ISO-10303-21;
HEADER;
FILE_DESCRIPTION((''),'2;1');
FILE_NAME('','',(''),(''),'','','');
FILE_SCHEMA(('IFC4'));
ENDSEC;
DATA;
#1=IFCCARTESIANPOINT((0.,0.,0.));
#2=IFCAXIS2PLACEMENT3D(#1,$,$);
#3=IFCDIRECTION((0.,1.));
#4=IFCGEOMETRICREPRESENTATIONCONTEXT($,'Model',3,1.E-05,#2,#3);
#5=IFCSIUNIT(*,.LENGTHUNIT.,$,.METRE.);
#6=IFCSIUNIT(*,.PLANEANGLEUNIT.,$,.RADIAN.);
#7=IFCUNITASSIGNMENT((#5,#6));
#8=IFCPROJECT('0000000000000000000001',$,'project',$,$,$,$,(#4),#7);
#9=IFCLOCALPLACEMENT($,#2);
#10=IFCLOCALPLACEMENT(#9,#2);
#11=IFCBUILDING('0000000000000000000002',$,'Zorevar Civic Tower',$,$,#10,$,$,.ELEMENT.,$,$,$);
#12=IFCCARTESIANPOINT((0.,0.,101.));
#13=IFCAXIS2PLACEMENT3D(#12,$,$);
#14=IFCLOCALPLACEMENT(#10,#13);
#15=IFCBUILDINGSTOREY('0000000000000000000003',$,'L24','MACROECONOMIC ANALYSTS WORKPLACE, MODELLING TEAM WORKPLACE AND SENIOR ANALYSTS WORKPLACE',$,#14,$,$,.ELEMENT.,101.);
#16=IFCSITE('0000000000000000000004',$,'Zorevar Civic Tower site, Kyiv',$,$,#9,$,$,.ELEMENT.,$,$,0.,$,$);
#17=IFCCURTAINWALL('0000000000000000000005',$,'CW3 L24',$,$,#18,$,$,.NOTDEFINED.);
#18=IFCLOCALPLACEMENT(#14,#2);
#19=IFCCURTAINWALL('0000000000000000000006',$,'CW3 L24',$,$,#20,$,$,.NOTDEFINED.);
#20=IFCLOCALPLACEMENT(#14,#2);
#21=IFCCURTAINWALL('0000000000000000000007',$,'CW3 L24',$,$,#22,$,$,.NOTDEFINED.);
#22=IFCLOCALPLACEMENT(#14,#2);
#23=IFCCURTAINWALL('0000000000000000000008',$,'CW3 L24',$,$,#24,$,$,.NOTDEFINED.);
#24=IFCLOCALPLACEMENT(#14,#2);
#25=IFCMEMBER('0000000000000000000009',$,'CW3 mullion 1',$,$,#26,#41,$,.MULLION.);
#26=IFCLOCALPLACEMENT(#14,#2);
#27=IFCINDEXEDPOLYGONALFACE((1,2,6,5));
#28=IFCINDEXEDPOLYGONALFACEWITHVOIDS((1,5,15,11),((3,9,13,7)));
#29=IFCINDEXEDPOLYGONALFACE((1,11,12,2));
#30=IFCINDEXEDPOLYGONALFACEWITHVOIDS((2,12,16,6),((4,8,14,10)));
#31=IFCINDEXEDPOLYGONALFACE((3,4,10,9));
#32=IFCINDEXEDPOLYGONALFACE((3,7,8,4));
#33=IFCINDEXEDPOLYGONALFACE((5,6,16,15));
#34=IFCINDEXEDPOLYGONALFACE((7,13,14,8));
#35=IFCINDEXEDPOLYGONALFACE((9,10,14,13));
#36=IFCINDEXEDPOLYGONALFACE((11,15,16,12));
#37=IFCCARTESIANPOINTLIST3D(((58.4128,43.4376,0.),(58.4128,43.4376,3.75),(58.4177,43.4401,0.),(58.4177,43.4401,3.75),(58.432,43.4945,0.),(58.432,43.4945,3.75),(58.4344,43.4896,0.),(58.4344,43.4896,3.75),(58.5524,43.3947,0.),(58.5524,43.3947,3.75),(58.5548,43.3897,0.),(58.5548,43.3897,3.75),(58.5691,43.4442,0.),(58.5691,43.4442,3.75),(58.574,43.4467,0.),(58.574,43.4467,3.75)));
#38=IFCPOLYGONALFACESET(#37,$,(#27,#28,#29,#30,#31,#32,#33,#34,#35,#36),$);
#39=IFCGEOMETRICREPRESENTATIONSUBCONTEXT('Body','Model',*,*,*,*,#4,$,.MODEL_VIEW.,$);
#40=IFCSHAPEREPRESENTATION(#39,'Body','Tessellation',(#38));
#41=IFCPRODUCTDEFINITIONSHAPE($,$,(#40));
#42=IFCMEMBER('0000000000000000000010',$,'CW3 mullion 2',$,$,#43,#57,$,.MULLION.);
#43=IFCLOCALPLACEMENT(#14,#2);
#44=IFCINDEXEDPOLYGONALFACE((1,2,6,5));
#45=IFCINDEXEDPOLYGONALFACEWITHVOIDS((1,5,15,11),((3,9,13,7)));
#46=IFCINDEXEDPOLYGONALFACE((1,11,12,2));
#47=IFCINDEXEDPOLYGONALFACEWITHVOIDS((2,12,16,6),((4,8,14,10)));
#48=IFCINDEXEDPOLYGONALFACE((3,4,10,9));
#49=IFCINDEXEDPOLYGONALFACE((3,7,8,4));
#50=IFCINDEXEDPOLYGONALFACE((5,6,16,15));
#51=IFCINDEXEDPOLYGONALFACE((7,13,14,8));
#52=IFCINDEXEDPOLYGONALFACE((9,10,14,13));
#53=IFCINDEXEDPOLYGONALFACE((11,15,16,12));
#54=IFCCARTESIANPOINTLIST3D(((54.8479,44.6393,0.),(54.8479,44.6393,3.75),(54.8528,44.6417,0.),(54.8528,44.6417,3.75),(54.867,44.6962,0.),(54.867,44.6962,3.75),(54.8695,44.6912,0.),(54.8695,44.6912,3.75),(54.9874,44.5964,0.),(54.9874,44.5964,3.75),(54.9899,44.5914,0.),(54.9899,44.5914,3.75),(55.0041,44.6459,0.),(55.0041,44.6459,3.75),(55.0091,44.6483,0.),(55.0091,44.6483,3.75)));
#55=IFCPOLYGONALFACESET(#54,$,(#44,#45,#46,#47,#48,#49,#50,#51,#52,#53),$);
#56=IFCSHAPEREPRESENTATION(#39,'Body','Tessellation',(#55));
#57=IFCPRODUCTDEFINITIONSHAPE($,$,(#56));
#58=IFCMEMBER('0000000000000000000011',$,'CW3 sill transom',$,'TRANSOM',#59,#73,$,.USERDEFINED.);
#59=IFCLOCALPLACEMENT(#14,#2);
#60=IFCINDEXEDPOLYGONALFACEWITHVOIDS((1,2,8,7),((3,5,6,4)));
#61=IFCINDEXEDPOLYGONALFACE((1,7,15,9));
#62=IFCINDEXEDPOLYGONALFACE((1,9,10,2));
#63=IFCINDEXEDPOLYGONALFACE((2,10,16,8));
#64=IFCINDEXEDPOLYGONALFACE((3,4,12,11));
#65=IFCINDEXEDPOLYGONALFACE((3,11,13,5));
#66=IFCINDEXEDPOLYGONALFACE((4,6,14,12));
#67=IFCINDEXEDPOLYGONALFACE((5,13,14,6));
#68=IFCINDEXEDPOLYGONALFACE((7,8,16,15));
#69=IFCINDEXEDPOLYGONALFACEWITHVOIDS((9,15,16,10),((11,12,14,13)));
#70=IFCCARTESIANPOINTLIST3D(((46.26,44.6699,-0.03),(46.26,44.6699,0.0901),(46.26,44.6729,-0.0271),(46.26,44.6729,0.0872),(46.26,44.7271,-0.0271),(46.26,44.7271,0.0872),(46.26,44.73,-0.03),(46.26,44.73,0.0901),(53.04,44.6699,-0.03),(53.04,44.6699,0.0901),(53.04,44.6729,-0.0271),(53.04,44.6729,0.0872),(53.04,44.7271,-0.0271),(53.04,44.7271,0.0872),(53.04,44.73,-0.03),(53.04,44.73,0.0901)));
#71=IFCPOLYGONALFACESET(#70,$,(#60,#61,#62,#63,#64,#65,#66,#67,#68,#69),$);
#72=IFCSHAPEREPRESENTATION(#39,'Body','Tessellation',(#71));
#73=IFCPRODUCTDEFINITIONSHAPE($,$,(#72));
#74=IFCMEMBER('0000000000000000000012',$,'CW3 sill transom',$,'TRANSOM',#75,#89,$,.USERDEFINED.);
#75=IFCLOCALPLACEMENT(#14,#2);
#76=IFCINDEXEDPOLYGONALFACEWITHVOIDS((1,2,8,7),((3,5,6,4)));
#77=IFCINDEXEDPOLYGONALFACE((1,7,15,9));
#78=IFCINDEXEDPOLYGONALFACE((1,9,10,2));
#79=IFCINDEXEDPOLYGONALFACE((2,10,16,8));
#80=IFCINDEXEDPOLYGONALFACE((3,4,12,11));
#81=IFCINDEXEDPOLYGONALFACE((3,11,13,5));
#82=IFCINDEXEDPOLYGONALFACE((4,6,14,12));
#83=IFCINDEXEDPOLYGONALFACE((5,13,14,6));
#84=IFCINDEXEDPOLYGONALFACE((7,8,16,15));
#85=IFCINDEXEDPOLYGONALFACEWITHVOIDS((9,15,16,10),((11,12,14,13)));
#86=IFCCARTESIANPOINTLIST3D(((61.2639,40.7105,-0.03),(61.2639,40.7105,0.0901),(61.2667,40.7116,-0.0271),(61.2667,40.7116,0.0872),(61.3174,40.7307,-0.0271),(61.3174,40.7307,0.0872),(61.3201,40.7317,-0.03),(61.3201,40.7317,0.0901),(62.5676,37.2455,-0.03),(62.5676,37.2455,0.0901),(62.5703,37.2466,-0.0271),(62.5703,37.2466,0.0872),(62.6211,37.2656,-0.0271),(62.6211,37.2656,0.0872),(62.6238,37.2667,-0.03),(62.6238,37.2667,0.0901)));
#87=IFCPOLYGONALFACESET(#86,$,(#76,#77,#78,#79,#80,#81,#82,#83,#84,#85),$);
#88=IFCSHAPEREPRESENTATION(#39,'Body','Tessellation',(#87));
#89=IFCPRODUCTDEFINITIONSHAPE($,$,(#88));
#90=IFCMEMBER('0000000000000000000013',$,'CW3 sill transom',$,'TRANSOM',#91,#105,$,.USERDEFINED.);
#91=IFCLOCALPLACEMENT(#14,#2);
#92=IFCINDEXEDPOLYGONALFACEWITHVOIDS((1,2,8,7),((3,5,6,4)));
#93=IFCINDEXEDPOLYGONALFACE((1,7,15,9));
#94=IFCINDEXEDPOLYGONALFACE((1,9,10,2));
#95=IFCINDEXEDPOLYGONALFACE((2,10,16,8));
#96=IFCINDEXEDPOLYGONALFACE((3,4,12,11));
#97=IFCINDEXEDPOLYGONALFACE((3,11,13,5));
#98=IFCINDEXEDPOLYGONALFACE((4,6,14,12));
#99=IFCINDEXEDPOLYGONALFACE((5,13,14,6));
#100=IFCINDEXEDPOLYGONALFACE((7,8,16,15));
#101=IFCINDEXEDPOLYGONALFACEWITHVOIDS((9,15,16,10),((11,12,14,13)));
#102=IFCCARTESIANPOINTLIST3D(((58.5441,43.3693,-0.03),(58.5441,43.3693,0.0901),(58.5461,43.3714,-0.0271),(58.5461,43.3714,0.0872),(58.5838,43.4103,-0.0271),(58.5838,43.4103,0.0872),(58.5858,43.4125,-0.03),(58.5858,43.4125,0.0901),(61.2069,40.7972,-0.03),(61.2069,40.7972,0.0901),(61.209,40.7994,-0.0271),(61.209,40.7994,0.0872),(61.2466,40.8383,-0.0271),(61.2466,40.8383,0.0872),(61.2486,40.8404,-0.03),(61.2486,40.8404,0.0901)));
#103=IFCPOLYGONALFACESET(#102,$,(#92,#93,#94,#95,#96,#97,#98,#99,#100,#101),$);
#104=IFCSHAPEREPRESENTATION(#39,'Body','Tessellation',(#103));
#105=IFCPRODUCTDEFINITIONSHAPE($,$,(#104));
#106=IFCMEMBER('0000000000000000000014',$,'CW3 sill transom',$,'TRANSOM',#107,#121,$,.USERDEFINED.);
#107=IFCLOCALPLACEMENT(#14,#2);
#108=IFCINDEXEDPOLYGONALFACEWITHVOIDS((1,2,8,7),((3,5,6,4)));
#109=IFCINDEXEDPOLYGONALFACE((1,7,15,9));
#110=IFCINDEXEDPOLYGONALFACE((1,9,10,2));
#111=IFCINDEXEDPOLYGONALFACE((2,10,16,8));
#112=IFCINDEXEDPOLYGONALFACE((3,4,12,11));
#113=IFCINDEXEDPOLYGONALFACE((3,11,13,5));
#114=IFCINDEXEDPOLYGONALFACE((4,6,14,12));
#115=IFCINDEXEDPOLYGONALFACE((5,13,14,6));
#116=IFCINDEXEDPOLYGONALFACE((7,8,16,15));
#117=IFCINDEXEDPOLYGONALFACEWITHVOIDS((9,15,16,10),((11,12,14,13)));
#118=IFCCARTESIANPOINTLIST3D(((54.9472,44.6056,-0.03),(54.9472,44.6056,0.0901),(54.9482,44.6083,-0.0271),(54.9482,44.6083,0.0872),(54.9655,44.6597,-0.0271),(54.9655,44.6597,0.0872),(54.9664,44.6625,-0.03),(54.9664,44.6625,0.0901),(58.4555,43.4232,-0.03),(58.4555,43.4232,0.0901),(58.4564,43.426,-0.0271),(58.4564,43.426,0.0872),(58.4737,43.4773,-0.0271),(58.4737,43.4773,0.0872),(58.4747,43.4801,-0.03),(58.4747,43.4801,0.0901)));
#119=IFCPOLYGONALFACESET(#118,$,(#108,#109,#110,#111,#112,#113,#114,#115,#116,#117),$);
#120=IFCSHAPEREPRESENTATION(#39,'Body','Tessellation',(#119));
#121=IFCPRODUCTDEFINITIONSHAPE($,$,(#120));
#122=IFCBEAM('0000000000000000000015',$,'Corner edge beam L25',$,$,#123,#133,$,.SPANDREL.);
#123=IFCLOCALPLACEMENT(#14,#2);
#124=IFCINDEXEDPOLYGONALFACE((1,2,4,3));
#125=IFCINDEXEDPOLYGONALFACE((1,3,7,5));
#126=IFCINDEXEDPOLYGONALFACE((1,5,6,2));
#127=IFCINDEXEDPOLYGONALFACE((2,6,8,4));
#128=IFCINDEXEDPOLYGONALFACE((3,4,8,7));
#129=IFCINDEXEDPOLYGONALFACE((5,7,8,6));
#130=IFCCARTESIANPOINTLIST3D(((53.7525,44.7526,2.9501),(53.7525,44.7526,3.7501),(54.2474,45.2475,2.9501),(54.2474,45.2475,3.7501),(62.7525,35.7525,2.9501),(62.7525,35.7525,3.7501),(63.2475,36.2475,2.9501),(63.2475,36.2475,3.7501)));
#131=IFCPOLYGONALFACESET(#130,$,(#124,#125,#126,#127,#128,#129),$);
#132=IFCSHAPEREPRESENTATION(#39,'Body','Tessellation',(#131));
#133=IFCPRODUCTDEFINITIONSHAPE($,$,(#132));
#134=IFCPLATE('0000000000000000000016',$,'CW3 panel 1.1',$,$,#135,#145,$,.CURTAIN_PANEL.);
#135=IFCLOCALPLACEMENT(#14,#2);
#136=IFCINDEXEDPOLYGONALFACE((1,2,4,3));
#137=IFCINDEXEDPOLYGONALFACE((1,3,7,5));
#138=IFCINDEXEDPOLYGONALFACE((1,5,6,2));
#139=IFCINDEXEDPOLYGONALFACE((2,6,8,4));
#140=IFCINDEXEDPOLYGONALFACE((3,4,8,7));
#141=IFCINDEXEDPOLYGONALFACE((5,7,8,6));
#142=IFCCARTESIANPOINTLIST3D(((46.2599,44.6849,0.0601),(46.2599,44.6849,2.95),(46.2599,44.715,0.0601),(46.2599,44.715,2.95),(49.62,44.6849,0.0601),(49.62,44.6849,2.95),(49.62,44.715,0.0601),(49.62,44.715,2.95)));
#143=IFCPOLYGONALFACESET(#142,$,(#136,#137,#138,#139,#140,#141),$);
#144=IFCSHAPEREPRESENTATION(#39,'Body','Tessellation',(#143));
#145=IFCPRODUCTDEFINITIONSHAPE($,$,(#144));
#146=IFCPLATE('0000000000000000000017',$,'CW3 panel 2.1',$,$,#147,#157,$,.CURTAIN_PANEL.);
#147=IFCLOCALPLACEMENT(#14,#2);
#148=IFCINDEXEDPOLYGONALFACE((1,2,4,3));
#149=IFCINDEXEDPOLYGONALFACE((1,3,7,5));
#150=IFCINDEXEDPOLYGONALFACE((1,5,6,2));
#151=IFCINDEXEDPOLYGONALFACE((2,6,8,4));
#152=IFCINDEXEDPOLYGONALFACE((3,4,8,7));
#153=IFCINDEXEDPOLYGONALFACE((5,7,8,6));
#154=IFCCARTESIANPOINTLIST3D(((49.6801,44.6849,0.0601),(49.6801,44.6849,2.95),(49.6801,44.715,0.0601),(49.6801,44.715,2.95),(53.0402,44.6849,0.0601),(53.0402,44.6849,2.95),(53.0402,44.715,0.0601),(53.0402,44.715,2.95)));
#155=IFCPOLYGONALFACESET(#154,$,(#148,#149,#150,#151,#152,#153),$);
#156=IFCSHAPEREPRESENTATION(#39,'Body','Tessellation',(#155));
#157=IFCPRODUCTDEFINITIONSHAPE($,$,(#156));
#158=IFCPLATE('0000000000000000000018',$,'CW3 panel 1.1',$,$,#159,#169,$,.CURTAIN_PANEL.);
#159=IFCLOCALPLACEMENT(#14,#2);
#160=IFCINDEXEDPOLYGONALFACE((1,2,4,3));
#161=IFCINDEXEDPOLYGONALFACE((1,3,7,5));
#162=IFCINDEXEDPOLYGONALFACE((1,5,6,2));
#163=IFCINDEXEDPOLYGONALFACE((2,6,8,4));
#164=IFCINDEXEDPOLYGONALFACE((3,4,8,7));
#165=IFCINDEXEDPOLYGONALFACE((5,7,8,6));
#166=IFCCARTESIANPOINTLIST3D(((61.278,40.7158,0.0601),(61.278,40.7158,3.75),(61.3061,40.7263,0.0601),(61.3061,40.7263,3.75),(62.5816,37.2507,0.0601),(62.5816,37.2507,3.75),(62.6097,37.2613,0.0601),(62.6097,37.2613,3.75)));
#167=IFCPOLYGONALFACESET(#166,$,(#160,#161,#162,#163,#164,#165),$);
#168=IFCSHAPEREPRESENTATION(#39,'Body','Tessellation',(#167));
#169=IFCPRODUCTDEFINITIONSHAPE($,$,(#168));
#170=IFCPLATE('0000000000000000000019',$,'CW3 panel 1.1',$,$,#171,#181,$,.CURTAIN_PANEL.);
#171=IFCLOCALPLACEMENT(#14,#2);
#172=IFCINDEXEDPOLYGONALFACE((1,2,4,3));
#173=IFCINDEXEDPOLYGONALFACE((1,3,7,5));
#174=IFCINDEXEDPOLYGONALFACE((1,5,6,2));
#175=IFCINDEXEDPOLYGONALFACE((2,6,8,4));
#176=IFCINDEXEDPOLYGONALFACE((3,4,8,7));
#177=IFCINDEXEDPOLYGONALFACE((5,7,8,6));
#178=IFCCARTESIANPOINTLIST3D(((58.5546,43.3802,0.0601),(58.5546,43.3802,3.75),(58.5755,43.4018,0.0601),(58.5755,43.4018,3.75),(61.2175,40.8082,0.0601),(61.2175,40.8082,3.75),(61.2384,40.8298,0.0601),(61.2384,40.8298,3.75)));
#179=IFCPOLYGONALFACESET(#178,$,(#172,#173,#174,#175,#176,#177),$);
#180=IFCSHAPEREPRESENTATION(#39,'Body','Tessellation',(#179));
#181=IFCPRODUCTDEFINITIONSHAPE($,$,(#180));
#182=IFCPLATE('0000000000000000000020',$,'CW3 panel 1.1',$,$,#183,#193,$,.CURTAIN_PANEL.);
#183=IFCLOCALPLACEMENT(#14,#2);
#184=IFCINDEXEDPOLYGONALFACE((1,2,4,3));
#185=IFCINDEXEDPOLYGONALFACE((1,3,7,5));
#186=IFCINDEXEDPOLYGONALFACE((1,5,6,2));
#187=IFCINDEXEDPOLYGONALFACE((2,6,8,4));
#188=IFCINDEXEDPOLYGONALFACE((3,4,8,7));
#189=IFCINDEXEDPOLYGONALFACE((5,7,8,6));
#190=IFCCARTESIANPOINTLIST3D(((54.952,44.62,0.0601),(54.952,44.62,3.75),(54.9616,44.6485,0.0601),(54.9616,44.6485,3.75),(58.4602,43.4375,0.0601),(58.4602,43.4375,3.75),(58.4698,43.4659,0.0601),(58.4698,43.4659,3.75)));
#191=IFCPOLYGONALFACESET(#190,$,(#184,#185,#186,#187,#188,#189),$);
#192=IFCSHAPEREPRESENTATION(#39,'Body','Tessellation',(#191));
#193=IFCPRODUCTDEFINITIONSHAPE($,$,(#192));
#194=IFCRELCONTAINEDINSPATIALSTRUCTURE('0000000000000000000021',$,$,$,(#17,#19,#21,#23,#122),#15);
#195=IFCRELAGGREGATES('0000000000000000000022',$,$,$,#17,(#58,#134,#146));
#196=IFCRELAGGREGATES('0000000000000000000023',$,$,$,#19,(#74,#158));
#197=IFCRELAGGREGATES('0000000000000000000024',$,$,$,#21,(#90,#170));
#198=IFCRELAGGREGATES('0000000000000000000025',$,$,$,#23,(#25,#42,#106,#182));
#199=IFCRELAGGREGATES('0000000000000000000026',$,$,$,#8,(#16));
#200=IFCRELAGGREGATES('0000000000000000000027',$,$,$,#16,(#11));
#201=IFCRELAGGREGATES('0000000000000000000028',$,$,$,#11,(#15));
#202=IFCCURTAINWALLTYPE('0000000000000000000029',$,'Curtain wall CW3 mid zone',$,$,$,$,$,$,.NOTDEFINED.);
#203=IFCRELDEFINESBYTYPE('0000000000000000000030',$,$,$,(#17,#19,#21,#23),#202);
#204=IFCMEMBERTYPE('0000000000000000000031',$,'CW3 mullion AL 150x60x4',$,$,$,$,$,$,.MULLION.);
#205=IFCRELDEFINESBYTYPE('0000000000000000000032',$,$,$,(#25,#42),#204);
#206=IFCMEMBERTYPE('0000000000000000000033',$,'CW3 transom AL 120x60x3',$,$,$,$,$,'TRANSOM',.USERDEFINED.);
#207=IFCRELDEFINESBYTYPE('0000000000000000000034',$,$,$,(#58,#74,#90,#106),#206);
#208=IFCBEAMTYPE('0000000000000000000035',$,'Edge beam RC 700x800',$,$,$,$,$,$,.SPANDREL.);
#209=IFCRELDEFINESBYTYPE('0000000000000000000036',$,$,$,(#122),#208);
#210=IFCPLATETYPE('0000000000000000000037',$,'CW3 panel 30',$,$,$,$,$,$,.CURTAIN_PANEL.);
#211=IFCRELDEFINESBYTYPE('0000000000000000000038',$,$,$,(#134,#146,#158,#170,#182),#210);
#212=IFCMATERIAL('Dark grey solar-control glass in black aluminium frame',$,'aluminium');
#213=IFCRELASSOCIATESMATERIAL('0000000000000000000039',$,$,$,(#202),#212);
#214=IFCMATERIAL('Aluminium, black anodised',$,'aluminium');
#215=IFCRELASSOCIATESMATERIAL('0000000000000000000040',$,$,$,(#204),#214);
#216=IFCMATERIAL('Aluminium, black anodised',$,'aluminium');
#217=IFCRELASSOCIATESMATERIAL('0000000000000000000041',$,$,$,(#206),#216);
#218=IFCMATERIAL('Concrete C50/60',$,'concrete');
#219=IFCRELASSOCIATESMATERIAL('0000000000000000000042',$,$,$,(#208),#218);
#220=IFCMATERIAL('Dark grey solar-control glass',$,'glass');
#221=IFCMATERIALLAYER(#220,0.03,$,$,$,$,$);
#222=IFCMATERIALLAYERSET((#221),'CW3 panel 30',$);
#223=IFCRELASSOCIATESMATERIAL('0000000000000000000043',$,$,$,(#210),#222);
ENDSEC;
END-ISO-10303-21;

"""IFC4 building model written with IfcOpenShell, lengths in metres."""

from ifc_helpers import new_model, si_unit, direction, frame, origin, origin_2d, place, context, subcontext, project, spatial, rectangle, hollow_rectangle, extrude, material, layer, layer_set, material_profile, profile_set, type_object, element, aggregate, save


model = new_model("IFC4")

# Units and contexts
model_context = context("Model", 3, precision=1e-05, world=origin(), true_north=direction((0.0, 1.0)))
body_context = subcontext(model_context, "Body", "Model", "MODEL_VIEW")
ifc_project = project(units=[si_unit("LENGTHUNIT", "METRE"), si_unit("PLANEANGLEUNIT", "RADIAN")], contexts=[model_context])

# Site, building, storey
site_placement = place(None, origin())
site = spatial("IfcSite", under=ifc_project, at=site_placement, Name="Zorevar Civic Tower site, Kyiv", CompositionType="ELEMENT", RefElevation=0.0)
building_placement = place(site_placement, origin())
building = spatial("IfcBuilding", under=site, at=building_placement, Name="Zorevar Civic Tower", CompositionType="ELEMENT")
storey_placement = place(building_placement, frame((0.0, 0.0, 101.0)))
storey = spatial("IfcBuildingStorey", under=building, at=storey_placement, Name="L24", Description="MACROECONOMIC ANALYSTS WORKPLACE, MODELLING TEAM WORKPLACE AND SENIOR ANALYSTS WORKPLACE", CompositionType="ELEMENT", Elevation=101.0)

# Curtain walls, members
ifc_material_1 = material(Name="Dark grey solar-control glass in black aluminium frame", Category="aluminium")
curtain_wall_type = type_object("IfcCurtainWallType", Name="Curtain wall CW3 mid zone", PredefinedType="NOTDEFINED", material=ifc_material_1)
curtain_wall_1_placement = place(storey_placement, origin())
curtain_wall_1 = element("IfcCurtainWall", 1, at=curtain_wall_1_placement, inside=storey, type_object=curtain_wall_type, Name="CW3 L24", PredefinedType="NOTDEFINED")
ifc_material_2 = material(Name="Aluminium, black anodised", Category="aluminium")
ifc_material_profile_1 = material_profile(ifc_material_2, hollow_rectangle(XDim=0.0601, YDim=0.1499, WallThickness=0.0039, at=origin_2d()), Name="AL 150x60x4")
ifc_profile_set_1 = profile_set([ifc_material_profile_1], Name="Aluminium, black anodised")
member_type_1 = type_object("IfcMemberType", Name="CW3 mullion AL 150x60x4", PredefinedType="MULLION", material=ifc_profile_set_1)
curtain_wall_2_placement = place(storey_placement, origin())
curtain_wall_2 = element("IfcCurtainWall", 2, at=curtain_wall_2_placement, inside=storey, type_object=curtain_wall_type, Name="CW3 L24", PredefinedType="NOTDEFINED")
curtain_wall_3_placement = place(storey_placement, origin())
curtain_wall_3 = element("IfcCurtainWall", 3, at=curtain_wall_3_placement, inside=storey, type_object=curtain_wall_type, Name="CW3 L24", PredefinedType="NOTDEFINED")
curtain_wall_4_placement = place(storey_placement, origin())
curtain_wall_4 = element("IfcCurtainWall", 4, at=curtain_wall_4_placement, inside=storey, type_object=curtain_wall_type, Name="CW3 L24", PredefinedType="NOTDEFINED")
member_1_placement = place(storey_placement, frame((58.4934, 43.4421, 0.0), z_axis=(0.0, 0.0, 1.0), x_axis=(-0.319413, -0.947616, 0.0)))
member_1 = element("IfcMember", 5, at=member_1_placement, type_object=member_type_1, Name="CW3 mullion 1", PredefinedType="MULLION", context=body_context, shape_type="SweptSolid", body=[
    extrude(hollow_rectangle(XDim=0.0601, YDim=0.1499, WallThickness=0.0039, at=origin_2d()), origin(), (0.0, 0.0, 1.0), 3.75),
])
member_2_placement = place(storey_placement, frame((54.9285, 44.6438, 0.0), z_axis=(0.0, 0.0, 1.0), x_axis=(-0.319413, -0.947616, 0.0)))
member_2 = element("IfcMember", 6, at=member_2_placement, type_object=member_type_1, Name="CW3 mullion 2", PredefinedType="MULLION", context=body_context, shape_type="SweptSolid", body=[
    extrude(hollow_rectangle(XDim=0.0601, YDim=0.1499, WallThickness=0.0039, at=origin_2d()), origin(), (0.0, 0.0, 1.0), 3.75),
])

# Members
ifc_material_3 = material(Name="Aluminium, black anodised", Category="aluminium")
ifc_material_profile_2 = material_profile(ifc_material_3, hollow_rectangle(XDim=0.0601, YDim=0.1201, WallThickness=0.0029, at=origin_2d()), Name="AL 120x60x3")
ifc_profile_set_2 = profile_set([ifc_material_profile_2], Name="Aluminium, black anodised")
member_type_2 = type_object("IfcMemberType", Name="CW3 transom AL 120x60x3", ElementType="TRANSOM", PredefinedType="USERDEFINED", material=ifc_profile_set_2)
member_3_placement = place(storey_placement, frame((46.26, 44.7, 0.03), z_axis=(1.0, 0.0, 0.0), x_axis=(0.0, 1.0, 0.0)))
member_3 = element("IfcMember", 7, at=member_3_placement, type_object=member_type_2, Name="CW3 sill transom", ObjectType="TRANSOM", PredefinedType="USERDEFINED", context=body_context, shape_type="SweptSolid", body=[
    extrude(hollow_rectangle(XDim=0.0601, YDim=0.1201, WallThickness=0.0029, at=origin_2d()), origin(), (0.0, 0.0, 1.0), 6.78),
])
member_4_placement = place(storey_placement, frame((62.5957, 37.2561, 0.03), z_axis=(-0.352142, 0.935947, 0.0), x_axis=(-0.935947, -0.352142, 0.0)))
member_4 = element("IfcMember", 8, at=member_4_placement, type_object=member_type_2, Name="CW3 sill transom", ObjectType="TRANSOM", PredefinedType="USERDEFINED", context=body_context, shape_type="SweptSolid", body=[
    extrude(hollow_rectangle(XDim=0.0601, YDim=0.1201, WallThickness=0.0029, at=origin_2d()), origin(), (0.0, 0.0, 1.0), 3.7021),
])
member_5_placement = place(storey_placement, frame((61.2278, 40.8188, 0.03), z_axis=(-0.719266, 0.694735, 0.0), x_axis=(-0.694735, -0.719266, 0.0)))
member_5 = element("IfcMember", 9, at=member_5_placement, type_object=member_type_2, Name="CW3 sill transom", ObjectType="TRANSOM", PredefinedType="USERDEFINED", context=body_context, shape_type="SweptSolid", body=[
    extrude(hollow_rectangle(XDim=0.0601, YDim=0.1201, WallThickness=0.0029, at=origin_2d()), origin(), (0.0, 0.0, 1.0), 3.7021),
])
member_6_placement = place(storey_placement, frame((58.4651, 43.4517, 0.03), z_axis=(-0.94763, 0.319372, 0.0), x_axis=(-0.319372, -0.94763, 0.0)))
member_6 = element("IfcMember", 10, at=member_6_placement, type_object=member_type_2, Name="CW3 sill transom", ObjectType="TRANSOM", PredefinedType="USERDEFINED", context=body_context, shape_type="SweptSolid", body=[
    extrude(hollow_rectangle(XDim=0.0601, YDim=0.1201, WallThickness=0.0029, at=origin_2d()), origin(), (0.0, 0.0, 1.0), 3.7021),
])

# Beam
ifc_material_4 = material(Name="Concrete C50/60", Category="concrete")
ifc_material_profile_3 = material_profile(ifc_material_4, rectangle(XDim=0.7, YDim=0.8, at=origin_2d()), Name="RC 700x800")
ifc_profile_set_3 = profile_set([ifc_material_profile_3], Name="Concrete C50/60")
beam_type_1 = type_object("IfcBeamType", Name="Edge beam RC 700x800", PredefinedType="SPANDREL", material=ifc_profile_set_3)
beam_1_placement = place(storey_placement, frame((63.0, 36.0, 3.3501), z_axis=(-0.707107, 0.707107, 0.0), x_axis=(-0.707107, -0.707107, 0.0)))
element("IfcBeam", 11, at=beam_1_placement, inside=storey, type_object=beam_type_1, Name="Corner edge beam L25", PredefinedType="SPANDREL", context=body_context, shape_type="SweptSolid", body=[
    extrude(rectangle(XDim=0.7, YDim=0.8, at=origin_2d()), origin(), (0.0, 0.0, 1.0), 12.728),
])

# Plates
ifc_material_5 = material(Name="Dark grey solar-control glass", Category="glass")
ifc_layer_1 = layer(ifc_material_5, 0.03)
ifc_layer_set_1 = layer_set([ifc_layer_1], Name="CW3 panel 30")
plate_type = type_object("IfcPlateType", Name="CW3 panel 30", PredefinedType="CURTAIN_PANEL", material=ifc_layer_set_1)
plate_1_placement = place(storey_placement, frame((47.9399, 44.7, 0.0601), z_axis=(0.0, 0.0, 1.0), x_axis=(1.0, 0.0, 0.0)))
plate_1 = element("IfcPlate", 12, at=plate_1_placement, type_object=plate_type, Name="CW3 panel 1.1", PredefinedType="CURTAIN_PANEL", context=body_context, shape_type="SweptSolid", body=[
    extrude(rectangle(XDim=3.3601, YDim=0.03, at=origin_2d()), origin(), (0.0, 0.0, 1.0), 2.8899),
])
plate_2_placement = place(storey_placement, frame((51.3601, 44.7, 0.0601), z_axis=(0.0, 0.0, 1.0), x_axis=(1.0, 0.0, 0.0)))
plate_2 = element("IfcPlate", 13, at=plate_2_placement, type_object=plate_type, Name="CW3 panel 2.1", PredefinedType="CURTAIN_PANEL", context=body_context, shape_type="SweptSolid", body=[
    extrude(rectangle(XDim=3.3601, YDim=0.03, at=origin_2d()), origin(), (0.0, 0.0, 1.0), 2.8899),
])
aggregate(curtain_wall_1, [member_3, plate_1, plate_2])
plate_3_placement = place(storey_placement, frame((61.9438, 38.9885, 0.0601), z_axis=(0.0, 0.0, 1.0), x_axis=(-0.352132, 0.935951, 0.0)))
plate_3 = element("IfcPlate", 14, at=plate_3_placement, type_object=plate_type, Name="CW3 panel 1.1", PredefinedType="CURTAIN_PANEL", context=body_context, shape_type="SweptSolid", body=[
    extrude(rectangle(XDim=3.7021, YDim=0.03, at=origin_2d()), origin(), (0.0, 0.0, 1.0), 3.6899),
])
aggregate(curtain_wall_2, [member_4, plate_3])
plate_4_placement = place(storey_placement, frame((59.8965, 42.105, 0.0601), z_axis=(0.0, 0.0, 1.0), x_axis=(-0.719281, 0.694719, 0.0)))
plate_4 = element("IfcPlate", 15, at=plate_4_placement, type_object=plate_type, Name="CW3 panel 1.1", PredefinedType="CURTAIN_PANEL", context=body_context, shape_type="SweptSolid", body=[
    extrude(rectangle(XDim=3.7021, YDim=0.03, at=origin_2d()), origin(), (0.0, 0.0, 1.0), 3.6899),
])
aggregate(curtain_wall_3, [member_5, plate_4])
plate_5_placement = place(storey_placement, frame((56.7109, 44.043, 0.0601), z_axis=(0.0, 0.0, 1.0), x_axis=(-0.947616, 0.319413, 0.0)))
plate_5 = element("IfcPlate", 16, at=plate_5_placement, type_object=plate_type, Name="CW3 panel 1.1", PredefinedType="CURTAIN_PANEL", context=body_context, shape_type="SweptSolid", body=[
    extrude(rectangle(XDim=3.7021, YDim=0.03, at=origin_2d()), origin(), (0.0, 0.0, 1.0), 3.6899),
])
aggregate(curtain_wall_4, [member_1, member_2, member_6, plate_5])

save(model, "model.ifc")
